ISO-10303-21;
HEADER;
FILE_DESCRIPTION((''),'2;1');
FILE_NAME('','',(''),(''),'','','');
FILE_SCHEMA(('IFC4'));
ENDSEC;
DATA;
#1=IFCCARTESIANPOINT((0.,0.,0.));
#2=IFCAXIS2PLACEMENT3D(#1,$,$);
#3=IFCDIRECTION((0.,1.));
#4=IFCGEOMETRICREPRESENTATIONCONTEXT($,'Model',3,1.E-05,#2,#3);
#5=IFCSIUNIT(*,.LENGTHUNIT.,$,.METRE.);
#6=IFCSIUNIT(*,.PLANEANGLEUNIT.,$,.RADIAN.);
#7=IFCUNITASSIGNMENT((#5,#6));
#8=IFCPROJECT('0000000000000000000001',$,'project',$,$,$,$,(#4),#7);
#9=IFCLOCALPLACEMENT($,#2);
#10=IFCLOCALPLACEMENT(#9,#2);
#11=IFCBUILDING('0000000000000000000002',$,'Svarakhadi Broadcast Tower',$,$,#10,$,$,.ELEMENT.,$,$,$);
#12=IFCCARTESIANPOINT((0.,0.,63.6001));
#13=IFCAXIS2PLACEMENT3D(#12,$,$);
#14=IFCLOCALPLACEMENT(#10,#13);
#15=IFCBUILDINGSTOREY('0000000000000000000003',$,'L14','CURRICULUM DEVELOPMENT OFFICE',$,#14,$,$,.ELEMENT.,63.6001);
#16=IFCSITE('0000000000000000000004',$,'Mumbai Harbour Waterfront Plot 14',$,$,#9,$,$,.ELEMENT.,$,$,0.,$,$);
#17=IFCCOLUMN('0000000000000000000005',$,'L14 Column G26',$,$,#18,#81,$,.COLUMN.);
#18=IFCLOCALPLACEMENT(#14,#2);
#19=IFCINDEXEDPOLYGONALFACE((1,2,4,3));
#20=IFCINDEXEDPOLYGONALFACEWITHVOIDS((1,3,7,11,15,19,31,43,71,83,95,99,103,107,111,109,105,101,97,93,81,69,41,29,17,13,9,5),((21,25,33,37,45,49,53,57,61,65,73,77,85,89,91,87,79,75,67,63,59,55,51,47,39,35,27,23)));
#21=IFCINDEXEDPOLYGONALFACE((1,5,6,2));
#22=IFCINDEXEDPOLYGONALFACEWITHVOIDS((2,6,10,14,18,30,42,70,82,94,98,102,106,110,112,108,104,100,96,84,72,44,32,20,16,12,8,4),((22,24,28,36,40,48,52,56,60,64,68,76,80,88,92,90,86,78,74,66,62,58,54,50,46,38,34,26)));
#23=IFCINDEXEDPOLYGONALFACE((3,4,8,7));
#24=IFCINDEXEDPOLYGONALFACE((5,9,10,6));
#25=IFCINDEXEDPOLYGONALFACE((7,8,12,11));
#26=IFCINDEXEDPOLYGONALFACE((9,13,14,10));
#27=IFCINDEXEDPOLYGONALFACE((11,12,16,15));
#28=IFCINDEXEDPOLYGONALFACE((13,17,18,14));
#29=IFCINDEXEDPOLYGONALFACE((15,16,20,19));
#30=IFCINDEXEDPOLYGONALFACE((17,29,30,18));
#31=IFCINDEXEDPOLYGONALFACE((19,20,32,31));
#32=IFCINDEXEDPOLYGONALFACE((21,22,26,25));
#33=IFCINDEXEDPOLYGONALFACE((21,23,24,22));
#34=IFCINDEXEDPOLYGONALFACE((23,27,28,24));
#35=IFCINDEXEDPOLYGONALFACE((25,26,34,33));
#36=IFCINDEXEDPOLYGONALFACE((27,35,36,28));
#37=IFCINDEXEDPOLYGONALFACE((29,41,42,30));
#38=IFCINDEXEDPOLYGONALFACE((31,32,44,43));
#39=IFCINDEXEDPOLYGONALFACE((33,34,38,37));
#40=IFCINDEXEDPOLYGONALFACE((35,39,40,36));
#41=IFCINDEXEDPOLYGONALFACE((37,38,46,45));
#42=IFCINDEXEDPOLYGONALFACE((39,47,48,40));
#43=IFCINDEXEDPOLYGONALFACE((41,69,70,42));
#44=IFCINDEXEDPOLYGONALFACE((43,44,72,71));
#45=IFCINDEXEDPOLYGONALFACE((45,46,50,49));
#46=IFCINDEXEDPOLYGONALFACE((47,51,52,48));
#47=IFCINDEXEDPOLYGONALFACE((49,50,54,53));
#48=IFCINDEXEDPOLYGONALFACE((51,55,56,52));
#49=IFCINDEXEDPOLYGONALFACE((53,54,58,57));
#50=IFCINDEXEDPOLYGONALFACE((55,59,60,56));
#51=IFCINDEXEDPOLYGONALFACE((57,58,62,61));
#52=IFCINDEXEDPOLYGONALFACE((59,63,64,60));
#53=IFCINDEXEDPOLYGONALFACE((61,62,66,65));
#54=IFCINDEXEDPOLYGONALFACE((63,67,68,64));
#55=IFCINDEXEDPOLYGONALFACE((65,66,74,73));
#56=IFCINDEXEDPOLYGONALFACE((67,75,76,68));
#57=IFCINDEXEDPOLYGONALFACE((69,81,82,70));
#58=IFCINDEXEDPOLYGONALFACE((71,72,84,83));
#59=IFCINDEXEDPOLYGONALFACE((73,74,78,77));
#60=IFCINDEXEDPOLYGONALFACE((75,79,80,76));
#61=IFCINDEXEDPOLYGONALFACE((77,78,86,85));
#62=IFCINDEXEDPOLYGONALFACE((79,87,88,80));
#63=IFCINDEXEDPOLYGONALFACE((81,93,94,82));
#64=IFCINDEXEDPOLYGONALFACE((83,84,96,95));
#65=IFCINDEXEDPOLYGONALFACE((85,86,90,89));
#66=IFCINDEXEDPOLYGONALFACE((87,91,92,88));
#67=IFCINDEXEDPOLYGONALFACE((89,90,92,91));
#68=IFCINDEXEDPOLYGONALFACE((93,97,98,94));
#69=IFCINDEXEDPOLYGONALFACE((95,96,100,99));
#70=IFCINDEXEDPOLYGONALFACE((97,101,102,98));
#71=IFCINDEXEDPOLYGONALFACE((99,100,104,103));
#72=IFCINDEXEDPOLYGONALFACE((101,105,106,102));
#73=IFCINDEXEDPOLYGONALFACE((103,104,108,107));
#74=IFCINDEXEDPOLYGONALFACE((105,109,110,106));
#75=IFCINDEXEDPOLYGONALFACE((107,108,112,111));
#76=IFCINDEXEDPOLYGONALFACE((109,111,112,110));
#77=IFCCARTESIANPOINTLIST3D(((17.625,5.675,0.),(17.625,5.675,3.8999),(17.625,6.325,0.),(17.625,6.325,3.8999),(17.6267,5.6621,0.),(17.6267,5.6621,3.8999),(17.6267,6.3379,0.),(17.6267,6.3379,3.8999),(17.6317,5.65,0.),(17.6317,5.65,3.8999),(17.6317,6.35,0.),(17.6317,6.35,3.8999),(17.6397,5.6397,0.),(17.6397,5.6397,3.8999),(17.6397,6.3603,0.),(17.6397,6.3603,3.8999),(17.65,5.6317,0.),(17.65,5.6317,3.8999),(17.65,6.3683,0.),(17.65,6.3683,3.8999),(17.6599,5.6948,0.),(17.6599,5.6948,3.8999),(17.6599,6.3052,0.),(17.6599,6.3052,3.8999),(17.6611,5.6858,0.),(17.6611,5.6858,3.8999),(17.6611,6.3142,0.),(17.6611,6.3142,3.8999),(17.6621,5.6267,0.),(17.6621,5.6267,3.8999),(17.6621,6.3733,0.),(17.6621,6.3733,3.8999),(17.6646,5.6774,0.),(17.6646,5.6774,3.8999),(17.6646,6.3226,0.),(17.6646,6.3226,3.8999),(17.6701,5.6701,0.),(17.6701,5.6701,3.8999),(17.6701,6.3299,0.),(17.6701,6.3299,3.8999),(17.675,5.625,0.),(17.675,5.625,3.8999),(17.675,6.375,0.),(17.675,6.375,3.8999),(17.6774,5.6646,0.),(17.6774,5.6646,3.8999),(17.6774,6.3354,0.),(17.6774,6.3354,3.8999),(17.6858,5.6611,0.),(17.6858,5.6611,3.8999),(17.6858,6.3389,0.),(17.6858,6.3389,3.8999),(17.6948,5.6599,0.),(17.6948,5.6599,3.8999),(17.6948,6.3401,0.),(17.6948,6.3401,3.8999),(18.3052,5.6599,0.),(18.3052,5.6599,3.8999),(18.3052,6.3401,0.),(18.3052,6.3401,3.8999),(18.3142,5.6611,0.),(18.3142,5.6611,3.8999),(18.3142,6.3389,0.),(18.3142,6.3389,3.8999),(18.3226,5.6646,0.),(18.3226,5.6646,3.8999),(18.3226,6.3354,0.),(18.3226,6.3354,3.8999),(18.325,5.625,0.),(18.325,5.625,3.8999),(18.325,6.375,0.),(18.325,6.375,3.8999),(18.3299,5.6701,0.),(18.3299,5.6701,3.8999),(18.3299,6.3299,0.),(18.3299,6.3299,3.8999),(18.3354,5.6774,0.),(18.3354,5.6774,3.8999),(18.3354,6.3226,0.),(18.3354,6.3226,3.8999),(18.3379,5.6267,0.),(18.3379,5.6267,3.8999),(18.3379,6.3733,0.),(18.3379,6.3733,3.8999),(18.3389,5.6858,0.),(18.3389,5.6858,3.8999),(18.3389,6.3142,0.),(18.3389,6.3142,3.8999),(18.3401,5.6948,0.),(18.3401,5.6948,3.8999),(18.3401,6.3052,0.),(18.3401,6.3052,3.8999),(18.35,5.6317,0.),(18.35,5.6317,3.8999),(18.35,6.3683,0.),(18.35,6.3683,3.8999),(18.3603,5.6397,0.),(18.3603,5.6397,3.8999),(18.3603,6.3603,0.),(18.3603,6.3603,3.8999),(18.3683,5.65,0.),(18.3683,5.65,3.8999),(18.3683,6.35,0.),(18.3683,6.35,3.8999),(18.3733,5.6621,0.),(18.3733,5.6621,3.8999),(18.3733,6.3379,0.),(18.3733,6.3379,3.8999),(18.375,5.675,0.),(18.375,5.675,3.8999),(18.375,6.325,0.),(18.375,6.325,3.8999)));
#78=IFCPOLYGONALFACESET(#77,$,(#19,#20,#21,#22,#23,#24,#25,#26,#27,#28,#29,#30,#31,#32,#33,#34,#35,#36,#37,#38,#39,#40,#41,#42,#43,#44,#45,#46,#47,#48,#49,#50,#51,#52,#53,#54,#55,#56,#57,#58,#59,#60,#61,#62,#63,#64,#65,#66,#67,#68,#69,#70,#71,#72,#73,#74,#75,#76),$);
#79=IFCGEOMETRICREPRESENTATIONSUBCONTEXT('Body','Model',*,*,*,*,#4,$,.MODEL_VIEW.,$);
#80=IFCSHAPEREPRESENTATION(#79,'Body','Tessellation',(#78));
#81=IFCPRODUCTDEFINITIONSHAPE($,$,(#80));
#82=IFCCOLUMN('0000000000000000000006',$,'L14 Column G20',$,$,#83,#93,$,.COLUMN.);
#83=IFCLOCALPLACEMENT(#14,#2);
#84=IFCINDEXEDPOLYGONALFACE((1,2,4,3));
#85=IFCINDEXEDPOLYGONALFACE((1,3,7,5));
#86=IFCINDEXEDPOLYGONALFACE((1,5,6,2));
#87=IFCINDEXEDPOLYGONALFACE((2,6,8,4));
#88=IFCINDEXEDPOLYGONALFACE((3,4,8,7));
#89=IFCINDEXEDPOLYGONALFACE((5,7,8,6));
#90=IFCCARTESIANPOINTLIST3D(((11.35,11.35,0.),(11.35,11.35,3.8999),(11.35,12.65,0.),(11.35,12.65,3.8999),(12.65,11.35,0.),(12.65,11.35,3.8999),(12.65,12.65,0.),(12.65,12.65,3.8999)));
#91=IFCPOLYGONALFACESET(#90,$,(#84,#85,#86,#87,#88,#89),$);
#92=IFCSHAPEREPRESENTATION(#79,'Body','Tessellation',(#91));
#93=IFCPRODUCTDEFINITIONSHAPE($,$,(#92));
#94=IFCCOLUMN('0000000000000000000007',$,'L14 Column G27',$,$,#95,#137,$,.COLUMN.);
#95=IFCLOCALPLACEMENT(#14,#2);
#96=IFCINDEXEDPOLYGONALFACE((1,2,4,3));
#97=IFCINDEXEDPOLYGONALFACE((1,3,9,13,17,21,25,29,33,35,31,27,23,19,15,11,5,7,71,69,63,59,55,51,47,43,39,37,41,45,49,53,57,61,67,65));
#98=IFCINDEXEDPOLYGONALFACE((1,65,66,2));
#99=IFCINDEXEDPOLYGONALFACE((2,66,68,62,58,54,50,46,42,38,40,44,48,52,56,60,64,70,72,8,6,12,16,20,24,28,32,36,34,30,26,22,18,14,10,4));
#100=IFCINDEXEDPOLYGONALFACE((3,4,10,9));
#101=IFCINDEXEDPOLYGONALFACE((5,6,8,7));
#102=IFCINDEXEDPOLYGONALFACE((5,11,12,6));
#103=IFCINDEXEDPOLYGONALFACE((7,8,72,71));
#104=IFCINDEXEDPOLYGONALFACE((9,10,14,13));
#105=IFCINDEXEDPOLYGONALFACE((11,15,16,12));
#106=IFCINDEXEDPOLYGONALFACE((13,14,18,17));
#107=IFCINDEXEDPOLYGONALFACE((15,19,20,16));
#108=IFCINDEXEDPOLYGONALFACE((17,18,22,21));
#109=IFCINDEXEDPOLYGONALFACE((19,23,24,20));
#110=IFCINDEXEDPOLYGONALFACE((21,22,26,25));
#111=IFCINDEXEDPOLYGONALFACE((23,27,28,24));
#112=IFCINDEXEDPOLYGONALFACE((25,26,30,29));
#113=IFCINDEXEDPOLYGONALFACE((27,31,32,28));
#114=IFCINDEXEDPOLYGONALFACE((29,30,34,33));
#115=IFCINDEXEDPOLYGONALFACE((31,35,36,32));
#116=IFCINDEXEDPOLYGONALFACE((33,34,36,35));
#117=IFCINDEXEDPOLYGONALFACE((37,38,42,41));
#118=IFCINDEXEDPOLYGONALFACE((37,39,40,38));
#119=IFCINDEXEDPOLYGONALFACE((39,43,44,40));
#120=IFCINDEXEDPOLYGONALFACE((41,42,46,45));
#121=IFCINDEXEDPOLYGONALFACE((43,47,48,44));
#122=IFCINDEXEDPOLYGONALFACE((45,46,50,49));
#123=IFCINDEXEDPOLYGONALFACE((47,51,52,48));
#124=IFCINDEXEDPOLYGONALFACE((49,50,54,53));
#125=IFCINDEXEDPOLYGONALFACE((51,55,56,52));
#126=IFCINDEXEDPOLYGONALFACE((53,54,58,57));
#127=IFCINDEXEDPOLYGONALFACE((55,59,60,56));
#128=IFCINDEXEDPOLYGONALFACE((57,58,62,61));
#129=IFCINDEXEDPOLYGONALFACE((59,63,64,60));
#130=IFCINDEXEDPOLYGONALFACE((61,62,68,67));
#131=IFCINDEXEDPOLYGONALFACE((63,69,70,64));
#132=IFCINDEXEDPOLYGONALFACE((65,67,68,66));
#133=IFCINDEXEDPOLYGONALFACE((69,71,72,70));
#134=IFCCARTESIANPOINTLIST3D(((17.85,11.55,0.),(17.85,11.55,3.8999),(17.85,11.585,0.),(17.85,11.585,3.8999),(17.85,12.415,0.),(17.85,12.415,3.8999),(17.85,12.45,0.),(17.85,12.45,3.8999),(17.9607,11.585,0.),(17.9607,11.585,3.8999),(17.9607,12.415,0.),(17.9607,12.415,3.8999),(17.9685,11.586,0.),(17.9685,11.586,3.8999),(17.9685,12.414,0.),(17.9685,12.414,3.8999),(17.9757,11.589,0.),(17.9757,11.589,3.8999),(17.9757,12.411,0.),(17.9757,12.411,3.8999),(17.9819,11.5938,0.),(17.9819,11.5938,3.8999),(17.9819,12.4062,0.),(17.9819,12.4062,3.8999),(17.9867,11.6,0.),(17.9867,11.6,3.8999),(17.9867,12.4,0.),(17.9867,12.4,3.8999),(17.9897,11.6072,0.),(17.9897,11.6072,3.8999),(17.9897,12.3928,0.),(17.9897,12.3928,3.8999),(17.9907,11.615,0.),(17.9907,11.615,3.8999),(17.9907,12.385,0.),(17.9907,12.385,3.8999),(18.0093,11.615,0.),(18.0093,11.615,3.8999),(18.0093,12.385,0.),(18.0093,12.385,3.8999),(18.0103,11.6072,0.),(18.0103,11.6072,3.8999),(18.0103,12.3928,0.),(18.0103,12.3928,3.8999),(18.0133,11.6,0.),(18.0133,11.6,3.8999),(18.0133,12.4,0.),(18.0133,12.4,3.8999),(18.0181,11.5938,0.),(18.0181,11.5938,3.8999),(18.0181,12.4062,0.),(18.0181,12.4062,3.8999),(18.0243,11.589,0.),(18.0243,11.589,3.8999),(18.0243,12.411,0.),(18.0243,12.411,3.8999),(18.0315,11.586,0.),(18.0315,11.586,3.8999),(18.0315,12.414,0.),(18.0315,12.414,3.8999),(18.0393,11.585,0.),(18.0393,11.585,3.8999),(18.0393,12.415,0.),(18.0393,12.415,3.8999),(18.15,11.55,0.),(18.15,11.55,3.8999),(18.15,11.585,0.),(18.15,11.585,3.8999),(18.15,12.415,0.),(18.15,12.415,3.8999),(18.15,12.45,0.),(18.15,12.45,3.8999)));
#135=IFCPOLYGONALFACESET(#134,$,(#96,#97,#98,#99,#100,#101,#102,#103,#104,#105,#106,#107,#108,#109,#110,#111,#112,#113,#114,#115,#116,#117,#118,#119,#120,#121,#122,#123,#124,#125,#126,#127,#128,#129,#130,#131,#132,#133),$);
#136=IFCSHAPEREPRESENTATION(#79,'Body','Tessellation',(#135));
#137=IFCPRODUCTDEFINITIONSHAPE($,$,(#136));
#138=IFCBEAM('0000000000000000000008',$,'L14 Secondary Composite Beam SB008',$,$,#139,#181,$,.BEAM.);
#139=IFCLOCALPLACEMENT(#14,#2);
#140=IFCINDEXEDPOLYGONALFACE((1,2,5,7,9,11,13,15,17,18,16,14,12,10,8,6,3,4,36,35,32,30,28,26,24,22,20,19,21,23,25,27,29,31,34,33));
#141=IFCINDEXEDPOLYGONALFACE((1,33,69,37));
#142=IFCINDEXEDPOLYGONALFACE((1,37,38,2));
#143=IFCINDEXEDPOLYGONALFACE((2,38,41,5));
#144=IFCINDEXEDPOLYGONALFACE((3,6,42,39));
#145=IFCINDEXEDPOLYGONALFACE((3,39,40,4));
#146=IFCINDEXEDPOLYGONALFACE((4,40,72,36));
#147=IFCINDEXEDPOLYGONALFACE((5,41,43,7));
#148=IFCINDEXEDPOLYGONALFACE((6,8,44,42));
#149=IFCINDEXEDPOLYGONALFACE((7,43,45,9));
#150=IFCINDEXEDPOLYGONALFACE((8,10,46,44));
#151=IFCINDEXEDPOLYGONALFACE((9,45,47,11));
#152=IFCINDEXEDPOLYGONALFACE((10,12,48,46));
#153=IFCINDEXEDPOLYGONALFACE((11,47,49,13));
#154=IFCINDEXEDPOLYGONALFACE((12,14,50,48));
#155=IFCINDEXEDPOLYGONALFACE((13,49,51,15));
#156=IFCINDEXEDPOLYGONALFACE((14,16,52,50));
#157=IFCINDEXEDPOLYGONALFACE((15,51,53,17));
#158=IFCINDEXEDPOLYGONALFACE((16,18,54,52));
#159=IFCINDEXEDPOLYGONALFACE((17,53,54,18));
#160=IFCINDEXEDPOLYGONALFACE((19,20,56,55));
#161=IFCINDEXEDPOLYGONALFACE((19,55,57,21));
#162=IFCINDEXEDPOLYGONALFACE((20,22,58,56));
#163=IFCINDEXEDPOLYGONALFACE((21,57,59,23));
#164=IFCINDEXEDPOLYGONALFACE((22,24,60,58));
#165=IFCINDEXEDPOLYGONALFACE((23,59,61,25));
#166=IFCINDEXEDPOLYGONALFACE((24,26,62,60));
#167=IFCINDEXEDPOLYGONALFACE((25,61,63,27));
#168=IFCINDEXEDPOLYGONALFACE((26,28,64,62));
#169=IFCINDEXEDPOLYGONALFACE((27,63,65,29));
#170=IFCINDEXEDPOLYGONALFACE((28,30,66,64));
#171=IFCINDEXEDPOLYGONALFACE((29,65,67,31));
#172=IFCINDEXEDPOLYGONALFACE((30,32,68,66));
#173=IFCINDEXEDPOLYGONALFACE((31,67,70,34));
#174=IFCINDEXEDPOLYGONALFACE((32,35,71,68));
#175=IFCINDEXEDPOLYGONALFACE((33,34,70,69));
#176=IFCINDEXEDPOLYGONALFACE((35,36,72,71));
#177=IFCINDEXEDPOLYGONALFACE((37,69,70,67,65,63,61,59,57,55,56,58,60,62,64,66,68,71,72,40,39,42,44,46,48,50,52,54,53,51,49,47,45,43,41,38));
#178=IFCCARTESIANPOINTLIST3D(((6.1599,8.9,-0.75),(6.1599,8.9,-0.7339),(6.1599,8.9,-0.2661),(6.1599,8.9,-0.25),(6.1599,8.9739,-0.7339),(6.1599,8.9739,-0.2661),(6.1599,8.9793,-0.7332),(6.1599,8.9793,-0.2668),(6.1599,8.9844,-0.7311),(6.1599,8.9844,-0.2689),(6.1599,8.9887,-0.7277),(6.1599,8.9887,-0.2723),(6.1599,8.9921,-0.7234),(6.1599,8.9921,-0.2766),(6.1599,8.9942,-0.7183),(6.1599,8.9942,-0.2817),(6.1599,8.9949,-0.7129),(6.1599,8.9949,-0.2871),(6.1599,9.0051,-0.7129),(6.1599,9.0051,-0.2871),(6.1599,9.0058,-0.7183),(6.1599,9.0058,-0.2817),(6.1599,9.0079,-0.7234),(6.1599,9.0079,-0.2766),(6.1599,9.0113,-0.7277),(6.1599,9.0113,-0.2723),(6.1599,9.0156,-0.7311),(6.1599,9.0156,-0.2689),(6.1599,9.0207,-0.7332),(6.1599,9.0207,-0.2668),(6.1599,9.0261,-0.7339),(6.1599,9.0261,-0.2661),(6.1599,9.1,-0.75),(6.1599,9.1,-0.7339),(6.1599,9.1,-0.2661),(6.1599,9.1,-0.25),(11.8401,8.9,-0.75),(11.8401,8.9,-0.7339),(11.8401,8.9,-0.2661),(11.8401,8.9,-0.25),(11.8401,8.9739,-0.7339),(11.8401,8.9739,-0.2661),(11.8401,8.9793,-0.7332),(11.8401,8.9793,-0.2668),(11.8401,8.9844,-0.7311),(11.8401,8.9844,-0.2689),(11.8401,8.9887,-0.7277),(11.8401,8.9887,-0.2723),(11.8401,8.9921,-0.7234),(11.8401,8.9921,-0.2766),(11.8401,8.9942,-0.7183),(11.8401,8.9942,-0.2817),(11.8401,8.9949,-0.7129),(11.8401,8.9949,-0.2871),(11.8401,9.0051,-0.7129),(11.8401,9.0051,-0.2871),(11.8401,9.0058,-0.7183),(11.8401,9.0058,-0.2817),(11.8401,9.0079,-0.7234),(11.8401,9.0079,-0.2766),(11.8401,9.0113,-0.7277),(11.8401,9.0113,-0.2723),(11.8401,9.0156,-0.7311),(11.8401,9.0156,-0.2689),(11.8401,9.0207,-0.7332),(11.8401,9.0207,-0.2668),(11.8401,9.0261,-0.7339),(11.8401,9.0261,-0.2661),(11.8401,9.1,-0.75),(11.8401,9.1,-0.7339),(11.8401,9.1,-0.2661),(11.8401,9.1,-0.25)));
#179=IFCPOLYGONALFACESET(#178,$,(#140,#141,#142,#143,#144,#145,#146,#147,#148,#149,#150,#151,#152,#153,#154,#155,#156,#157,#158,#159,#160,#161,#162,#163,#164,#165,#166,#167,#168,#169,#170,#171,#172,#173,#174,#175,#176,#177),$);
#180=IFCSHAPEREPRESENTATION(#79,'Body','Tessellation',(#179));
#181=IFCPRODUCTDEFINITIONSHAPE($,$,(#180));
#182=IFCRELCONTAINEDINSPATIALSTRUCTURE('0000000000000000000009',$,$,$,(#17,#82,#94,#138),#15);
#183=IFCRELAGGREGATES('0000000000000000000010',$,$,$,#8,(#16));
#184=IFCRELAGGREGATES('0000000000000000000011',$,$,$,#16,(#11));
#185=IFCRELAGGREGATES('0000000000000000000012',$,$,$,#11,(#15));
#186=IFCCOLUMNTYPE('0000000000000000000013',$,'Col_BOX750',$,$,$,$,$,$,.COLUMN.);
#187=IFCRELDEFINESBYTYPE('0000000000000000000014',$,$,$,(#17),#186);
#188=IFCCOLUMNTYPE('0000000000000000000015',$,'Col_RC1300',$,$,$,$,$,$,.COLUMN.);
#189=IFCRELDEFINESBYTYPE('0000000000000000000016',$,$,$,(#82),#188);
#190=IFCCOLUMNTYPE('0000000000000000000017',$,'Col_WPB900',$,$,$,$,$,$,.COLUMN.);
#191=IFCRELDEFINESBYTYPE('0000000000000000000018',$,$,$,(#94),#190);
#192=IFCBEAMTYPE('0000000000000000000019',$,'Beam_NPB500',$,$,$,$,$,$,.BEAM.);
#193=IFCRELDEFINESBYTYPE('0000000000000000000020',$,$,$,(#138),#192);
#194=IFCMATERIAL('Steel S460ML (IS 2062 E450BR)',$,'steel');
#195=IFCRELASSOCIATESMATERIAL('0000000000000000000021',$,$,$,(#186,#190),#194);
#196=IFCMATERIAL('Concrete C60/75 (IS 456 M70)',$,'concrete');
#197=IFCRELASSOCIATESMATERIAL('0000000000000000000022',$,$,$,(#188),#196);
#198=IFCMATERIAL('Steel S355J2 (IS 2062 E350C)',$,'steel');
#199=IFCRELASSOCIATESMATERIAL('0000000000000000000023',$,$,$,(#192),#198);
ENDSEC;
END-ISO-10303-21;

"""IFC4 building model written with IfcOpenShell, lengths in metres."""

from ifc_helpers import new_model, si_unit, direction, frame, origin, origin_2d, place, context, subcontext, project, spatial, rectangle, hollow_rectangle, i_section, extrude, material, material_profile, profile_set, type_object, element, save


model = new_model("IFC4")

# Units and contexts
model_context = context("Model", 3, precision=1e-05, world=origin(), true_north=direction((0.0, 1.0)))
body_context = subcontext(model_context, "Body", "Model", "MODEL_VIEW")
ifc_project = project(units=[si_unit("LENGTHUNIT", "METRE"), si_unit("PLANEANGLEUNIT", "RADIAN")], contexts=[model_context])

# Site, building, storey
site_placement = place(None, origin())
site = spatial("IfcSite", under=ifc_project, at=site_placement, Name="Mumbai Harbour Waterfront Plot 14", CompositionType="ELEMENT", RefElevation=0.0)
building_placement = place(site_placement, origin())
building = spatial("IfcBuilding", under=site, at=building_placement, Name="Svarakhadi Broadcast Tower", CompositionType="ELEMENT")
storey_placement = place(building_placement, frame((0.0, 0.0, 63.6001)))
storey = spatial("IfcBuildingStorey", under=building, at=storey_placement, Name="L14", Description="CURRICULUM DEVELOPMENT OFFICE", CompositionType="ELEMENT", Elevation=63.6001)

# Columns
ifc_material_1 = material(Name="Steel S460ML (IS 2062 E450BR)", Category="steel")
ifc_material_profile_1 = material_profile(ifc_material_1, hollow_rectangle(XDim=0.75, YDim=0.75, WallThickness=0.0349, InnerFilletRadius=0.0349, OuterFilletRadius=0.05, at=origin_2d()), Name="BOX 750x750x35")
ifc_profile_set_1 = profile_set([ifc_material_profile_1], Name="Steel S460ML (IS 2062 E450BR)")
column_type_1 = type_object("IfcColumnType", Name="Col_BOX750", PredefinedType="COLUMN", material=ifc_profile_set_1)
column_1_placement = place(storey_placement, frame((18.0, 6.0, 0.0), z_axis=(0.0, 0.0, 1.0), x_axis=(1.0, 0.0, 0.0)))
element("IfcColumn", 1, at=column_1_placement, inside=storey, type_object=column_type_1, Name="L14 Column G26", PredefinedType="COLUMN", context=body_context, shape_type="SweptSolid", body=[
    extrude(hollow_rectangle(XDim=0.75, YDim=0.75, WallThickness=0.0349, InnerFilletRadius=0.0349, OuterFilletRadius=0.05, at=origin_2d()), origin(), (0.0, 0.0, 1.0), 3.8999),
])
ifc_material_2 = material(Name="Concrete C60/75 (IS 456 M70)", Category="concrete")
ifc_material_profile_2 = material_profile(ifc_material_2, rectangle(XDim=1.3, YDim=1.3, at=origin_2d()), Name="RC 1300x1300")
ifc_profile_set_2 = profile_set([ifc_material_profile_2], Name="Concrete C60/75 (IS 456 M70)")
column_type_2 = type_object("IfcColumnType", Name="Col_RC1300", PredefinedType="COLUMN", material=ifc_profile_set_2)
column_2_placement = place(storey_placement, frame((12.0, 12.0, 0.0), z_axis=(0.0, 0.0, 1.0), x_axis=(1.0, 0.0, 0.0)))
element("IfcColumn", 2, at=column_2_placement, inside=storey, type_object=column_type_2, Name="L14 Column G20", PredefinedType="COLUMN", context=body_context, shape_type="SweptSolid", body=[
    extrude(rectangle(XDim=1.3, YDim=1.3, at=origin_2d()), origin(), (0.0, 0.0, 1.0), 3.8999),
])
ifc_material_profile_3 = material_profile(ifc_material_1, i_section(OverallWidth=0.3, OverallDepth=0.8999, WebThickness=0.0186, FlangeThickness=0.0349, FilletRadius=0.03, at=origin_2d()), Name="WPB 900x300x291")
ifc_profile_set_3 = profile_set([ifc_material_profile_3], Name="Steel S460ML (IS 2062 E450BR)")
column_type_3 = type_object("IfcColumnType", Name="Col_WPB900", PredefinedType="COLUMN", material=ifc_profile_set_3)
column_3_placement = place(storey_placement, frame((18.0, 12.0, 0.0), z_axis=(0.0, 0.0, 1.0), x_axis=(1.0, 0.0, 0.0)))
element("IfcColumn", 3, at=column_3_placement, inside=storey, type_object=column_type_3, Name="L14 Column G27", PredefinedType="COLUMN", context=body_context, shape_type="SweptSolid", body=[
    extrude(i_section(OverallWidth=0.3, OverallDepth=0.8999, WebThickness=0.0186, FlangeThickness=0.0349, FilletRadius=0.03, at=origin_2d()), origin(), (0.0, 0.0, 1.0), 3.8999),
])

# Beam
ifc_material_3 = material(Name="Steel S355J2 (IS 2062 E350C)", Category="steel")
ifc_material_profile_4 = material_profile(ifc_material_3, i_section(OverallWidth=0.2, OverallDepth=0.5, WebThickness=0.0103, FlangeThickness=0.0161, FilletRadius=0.021, at=origin_2d()), Name="NPB 500x200x91")
ifc_profile_set_4 = profile_set([ifc_material_profile_4], Name="Steel S355J2 (IS 2062 E350C)")
beam_type_1 = type_object("IfcBeamType", Name="Beam_NPB500", PredefinedType="BEAM", material=ifc_profile_set_4)
for number, where, z_axis, x_axis, name in (
    (4, (6.1599, 9.0, -0.5), (1.0, 0.0, 0.0), (0.0, 1.0, 0.0), "L14 Secondary Composite Beam SB008"),
):
    element("IfcBeam", number, at=place(storey_placement, frame(where, z_axis=z_axis, x_axis=x_axis)), inside=storey, type_object=beam_type_1, Name=name, PredefinedType="BEAM", context=body_context, shape_type="SweptSolid", body=[
        extrude(i_section(OverallWidth=0.2, OverallDepth=0.5, WebThickness=0.0103, FlangeThickness=0.0161, FilletRadius=0.021, at=origin_2d()), origin(), (0.0, 0.0, 1.0), 5.6802),
    ])

save(model, "model.ifc")
